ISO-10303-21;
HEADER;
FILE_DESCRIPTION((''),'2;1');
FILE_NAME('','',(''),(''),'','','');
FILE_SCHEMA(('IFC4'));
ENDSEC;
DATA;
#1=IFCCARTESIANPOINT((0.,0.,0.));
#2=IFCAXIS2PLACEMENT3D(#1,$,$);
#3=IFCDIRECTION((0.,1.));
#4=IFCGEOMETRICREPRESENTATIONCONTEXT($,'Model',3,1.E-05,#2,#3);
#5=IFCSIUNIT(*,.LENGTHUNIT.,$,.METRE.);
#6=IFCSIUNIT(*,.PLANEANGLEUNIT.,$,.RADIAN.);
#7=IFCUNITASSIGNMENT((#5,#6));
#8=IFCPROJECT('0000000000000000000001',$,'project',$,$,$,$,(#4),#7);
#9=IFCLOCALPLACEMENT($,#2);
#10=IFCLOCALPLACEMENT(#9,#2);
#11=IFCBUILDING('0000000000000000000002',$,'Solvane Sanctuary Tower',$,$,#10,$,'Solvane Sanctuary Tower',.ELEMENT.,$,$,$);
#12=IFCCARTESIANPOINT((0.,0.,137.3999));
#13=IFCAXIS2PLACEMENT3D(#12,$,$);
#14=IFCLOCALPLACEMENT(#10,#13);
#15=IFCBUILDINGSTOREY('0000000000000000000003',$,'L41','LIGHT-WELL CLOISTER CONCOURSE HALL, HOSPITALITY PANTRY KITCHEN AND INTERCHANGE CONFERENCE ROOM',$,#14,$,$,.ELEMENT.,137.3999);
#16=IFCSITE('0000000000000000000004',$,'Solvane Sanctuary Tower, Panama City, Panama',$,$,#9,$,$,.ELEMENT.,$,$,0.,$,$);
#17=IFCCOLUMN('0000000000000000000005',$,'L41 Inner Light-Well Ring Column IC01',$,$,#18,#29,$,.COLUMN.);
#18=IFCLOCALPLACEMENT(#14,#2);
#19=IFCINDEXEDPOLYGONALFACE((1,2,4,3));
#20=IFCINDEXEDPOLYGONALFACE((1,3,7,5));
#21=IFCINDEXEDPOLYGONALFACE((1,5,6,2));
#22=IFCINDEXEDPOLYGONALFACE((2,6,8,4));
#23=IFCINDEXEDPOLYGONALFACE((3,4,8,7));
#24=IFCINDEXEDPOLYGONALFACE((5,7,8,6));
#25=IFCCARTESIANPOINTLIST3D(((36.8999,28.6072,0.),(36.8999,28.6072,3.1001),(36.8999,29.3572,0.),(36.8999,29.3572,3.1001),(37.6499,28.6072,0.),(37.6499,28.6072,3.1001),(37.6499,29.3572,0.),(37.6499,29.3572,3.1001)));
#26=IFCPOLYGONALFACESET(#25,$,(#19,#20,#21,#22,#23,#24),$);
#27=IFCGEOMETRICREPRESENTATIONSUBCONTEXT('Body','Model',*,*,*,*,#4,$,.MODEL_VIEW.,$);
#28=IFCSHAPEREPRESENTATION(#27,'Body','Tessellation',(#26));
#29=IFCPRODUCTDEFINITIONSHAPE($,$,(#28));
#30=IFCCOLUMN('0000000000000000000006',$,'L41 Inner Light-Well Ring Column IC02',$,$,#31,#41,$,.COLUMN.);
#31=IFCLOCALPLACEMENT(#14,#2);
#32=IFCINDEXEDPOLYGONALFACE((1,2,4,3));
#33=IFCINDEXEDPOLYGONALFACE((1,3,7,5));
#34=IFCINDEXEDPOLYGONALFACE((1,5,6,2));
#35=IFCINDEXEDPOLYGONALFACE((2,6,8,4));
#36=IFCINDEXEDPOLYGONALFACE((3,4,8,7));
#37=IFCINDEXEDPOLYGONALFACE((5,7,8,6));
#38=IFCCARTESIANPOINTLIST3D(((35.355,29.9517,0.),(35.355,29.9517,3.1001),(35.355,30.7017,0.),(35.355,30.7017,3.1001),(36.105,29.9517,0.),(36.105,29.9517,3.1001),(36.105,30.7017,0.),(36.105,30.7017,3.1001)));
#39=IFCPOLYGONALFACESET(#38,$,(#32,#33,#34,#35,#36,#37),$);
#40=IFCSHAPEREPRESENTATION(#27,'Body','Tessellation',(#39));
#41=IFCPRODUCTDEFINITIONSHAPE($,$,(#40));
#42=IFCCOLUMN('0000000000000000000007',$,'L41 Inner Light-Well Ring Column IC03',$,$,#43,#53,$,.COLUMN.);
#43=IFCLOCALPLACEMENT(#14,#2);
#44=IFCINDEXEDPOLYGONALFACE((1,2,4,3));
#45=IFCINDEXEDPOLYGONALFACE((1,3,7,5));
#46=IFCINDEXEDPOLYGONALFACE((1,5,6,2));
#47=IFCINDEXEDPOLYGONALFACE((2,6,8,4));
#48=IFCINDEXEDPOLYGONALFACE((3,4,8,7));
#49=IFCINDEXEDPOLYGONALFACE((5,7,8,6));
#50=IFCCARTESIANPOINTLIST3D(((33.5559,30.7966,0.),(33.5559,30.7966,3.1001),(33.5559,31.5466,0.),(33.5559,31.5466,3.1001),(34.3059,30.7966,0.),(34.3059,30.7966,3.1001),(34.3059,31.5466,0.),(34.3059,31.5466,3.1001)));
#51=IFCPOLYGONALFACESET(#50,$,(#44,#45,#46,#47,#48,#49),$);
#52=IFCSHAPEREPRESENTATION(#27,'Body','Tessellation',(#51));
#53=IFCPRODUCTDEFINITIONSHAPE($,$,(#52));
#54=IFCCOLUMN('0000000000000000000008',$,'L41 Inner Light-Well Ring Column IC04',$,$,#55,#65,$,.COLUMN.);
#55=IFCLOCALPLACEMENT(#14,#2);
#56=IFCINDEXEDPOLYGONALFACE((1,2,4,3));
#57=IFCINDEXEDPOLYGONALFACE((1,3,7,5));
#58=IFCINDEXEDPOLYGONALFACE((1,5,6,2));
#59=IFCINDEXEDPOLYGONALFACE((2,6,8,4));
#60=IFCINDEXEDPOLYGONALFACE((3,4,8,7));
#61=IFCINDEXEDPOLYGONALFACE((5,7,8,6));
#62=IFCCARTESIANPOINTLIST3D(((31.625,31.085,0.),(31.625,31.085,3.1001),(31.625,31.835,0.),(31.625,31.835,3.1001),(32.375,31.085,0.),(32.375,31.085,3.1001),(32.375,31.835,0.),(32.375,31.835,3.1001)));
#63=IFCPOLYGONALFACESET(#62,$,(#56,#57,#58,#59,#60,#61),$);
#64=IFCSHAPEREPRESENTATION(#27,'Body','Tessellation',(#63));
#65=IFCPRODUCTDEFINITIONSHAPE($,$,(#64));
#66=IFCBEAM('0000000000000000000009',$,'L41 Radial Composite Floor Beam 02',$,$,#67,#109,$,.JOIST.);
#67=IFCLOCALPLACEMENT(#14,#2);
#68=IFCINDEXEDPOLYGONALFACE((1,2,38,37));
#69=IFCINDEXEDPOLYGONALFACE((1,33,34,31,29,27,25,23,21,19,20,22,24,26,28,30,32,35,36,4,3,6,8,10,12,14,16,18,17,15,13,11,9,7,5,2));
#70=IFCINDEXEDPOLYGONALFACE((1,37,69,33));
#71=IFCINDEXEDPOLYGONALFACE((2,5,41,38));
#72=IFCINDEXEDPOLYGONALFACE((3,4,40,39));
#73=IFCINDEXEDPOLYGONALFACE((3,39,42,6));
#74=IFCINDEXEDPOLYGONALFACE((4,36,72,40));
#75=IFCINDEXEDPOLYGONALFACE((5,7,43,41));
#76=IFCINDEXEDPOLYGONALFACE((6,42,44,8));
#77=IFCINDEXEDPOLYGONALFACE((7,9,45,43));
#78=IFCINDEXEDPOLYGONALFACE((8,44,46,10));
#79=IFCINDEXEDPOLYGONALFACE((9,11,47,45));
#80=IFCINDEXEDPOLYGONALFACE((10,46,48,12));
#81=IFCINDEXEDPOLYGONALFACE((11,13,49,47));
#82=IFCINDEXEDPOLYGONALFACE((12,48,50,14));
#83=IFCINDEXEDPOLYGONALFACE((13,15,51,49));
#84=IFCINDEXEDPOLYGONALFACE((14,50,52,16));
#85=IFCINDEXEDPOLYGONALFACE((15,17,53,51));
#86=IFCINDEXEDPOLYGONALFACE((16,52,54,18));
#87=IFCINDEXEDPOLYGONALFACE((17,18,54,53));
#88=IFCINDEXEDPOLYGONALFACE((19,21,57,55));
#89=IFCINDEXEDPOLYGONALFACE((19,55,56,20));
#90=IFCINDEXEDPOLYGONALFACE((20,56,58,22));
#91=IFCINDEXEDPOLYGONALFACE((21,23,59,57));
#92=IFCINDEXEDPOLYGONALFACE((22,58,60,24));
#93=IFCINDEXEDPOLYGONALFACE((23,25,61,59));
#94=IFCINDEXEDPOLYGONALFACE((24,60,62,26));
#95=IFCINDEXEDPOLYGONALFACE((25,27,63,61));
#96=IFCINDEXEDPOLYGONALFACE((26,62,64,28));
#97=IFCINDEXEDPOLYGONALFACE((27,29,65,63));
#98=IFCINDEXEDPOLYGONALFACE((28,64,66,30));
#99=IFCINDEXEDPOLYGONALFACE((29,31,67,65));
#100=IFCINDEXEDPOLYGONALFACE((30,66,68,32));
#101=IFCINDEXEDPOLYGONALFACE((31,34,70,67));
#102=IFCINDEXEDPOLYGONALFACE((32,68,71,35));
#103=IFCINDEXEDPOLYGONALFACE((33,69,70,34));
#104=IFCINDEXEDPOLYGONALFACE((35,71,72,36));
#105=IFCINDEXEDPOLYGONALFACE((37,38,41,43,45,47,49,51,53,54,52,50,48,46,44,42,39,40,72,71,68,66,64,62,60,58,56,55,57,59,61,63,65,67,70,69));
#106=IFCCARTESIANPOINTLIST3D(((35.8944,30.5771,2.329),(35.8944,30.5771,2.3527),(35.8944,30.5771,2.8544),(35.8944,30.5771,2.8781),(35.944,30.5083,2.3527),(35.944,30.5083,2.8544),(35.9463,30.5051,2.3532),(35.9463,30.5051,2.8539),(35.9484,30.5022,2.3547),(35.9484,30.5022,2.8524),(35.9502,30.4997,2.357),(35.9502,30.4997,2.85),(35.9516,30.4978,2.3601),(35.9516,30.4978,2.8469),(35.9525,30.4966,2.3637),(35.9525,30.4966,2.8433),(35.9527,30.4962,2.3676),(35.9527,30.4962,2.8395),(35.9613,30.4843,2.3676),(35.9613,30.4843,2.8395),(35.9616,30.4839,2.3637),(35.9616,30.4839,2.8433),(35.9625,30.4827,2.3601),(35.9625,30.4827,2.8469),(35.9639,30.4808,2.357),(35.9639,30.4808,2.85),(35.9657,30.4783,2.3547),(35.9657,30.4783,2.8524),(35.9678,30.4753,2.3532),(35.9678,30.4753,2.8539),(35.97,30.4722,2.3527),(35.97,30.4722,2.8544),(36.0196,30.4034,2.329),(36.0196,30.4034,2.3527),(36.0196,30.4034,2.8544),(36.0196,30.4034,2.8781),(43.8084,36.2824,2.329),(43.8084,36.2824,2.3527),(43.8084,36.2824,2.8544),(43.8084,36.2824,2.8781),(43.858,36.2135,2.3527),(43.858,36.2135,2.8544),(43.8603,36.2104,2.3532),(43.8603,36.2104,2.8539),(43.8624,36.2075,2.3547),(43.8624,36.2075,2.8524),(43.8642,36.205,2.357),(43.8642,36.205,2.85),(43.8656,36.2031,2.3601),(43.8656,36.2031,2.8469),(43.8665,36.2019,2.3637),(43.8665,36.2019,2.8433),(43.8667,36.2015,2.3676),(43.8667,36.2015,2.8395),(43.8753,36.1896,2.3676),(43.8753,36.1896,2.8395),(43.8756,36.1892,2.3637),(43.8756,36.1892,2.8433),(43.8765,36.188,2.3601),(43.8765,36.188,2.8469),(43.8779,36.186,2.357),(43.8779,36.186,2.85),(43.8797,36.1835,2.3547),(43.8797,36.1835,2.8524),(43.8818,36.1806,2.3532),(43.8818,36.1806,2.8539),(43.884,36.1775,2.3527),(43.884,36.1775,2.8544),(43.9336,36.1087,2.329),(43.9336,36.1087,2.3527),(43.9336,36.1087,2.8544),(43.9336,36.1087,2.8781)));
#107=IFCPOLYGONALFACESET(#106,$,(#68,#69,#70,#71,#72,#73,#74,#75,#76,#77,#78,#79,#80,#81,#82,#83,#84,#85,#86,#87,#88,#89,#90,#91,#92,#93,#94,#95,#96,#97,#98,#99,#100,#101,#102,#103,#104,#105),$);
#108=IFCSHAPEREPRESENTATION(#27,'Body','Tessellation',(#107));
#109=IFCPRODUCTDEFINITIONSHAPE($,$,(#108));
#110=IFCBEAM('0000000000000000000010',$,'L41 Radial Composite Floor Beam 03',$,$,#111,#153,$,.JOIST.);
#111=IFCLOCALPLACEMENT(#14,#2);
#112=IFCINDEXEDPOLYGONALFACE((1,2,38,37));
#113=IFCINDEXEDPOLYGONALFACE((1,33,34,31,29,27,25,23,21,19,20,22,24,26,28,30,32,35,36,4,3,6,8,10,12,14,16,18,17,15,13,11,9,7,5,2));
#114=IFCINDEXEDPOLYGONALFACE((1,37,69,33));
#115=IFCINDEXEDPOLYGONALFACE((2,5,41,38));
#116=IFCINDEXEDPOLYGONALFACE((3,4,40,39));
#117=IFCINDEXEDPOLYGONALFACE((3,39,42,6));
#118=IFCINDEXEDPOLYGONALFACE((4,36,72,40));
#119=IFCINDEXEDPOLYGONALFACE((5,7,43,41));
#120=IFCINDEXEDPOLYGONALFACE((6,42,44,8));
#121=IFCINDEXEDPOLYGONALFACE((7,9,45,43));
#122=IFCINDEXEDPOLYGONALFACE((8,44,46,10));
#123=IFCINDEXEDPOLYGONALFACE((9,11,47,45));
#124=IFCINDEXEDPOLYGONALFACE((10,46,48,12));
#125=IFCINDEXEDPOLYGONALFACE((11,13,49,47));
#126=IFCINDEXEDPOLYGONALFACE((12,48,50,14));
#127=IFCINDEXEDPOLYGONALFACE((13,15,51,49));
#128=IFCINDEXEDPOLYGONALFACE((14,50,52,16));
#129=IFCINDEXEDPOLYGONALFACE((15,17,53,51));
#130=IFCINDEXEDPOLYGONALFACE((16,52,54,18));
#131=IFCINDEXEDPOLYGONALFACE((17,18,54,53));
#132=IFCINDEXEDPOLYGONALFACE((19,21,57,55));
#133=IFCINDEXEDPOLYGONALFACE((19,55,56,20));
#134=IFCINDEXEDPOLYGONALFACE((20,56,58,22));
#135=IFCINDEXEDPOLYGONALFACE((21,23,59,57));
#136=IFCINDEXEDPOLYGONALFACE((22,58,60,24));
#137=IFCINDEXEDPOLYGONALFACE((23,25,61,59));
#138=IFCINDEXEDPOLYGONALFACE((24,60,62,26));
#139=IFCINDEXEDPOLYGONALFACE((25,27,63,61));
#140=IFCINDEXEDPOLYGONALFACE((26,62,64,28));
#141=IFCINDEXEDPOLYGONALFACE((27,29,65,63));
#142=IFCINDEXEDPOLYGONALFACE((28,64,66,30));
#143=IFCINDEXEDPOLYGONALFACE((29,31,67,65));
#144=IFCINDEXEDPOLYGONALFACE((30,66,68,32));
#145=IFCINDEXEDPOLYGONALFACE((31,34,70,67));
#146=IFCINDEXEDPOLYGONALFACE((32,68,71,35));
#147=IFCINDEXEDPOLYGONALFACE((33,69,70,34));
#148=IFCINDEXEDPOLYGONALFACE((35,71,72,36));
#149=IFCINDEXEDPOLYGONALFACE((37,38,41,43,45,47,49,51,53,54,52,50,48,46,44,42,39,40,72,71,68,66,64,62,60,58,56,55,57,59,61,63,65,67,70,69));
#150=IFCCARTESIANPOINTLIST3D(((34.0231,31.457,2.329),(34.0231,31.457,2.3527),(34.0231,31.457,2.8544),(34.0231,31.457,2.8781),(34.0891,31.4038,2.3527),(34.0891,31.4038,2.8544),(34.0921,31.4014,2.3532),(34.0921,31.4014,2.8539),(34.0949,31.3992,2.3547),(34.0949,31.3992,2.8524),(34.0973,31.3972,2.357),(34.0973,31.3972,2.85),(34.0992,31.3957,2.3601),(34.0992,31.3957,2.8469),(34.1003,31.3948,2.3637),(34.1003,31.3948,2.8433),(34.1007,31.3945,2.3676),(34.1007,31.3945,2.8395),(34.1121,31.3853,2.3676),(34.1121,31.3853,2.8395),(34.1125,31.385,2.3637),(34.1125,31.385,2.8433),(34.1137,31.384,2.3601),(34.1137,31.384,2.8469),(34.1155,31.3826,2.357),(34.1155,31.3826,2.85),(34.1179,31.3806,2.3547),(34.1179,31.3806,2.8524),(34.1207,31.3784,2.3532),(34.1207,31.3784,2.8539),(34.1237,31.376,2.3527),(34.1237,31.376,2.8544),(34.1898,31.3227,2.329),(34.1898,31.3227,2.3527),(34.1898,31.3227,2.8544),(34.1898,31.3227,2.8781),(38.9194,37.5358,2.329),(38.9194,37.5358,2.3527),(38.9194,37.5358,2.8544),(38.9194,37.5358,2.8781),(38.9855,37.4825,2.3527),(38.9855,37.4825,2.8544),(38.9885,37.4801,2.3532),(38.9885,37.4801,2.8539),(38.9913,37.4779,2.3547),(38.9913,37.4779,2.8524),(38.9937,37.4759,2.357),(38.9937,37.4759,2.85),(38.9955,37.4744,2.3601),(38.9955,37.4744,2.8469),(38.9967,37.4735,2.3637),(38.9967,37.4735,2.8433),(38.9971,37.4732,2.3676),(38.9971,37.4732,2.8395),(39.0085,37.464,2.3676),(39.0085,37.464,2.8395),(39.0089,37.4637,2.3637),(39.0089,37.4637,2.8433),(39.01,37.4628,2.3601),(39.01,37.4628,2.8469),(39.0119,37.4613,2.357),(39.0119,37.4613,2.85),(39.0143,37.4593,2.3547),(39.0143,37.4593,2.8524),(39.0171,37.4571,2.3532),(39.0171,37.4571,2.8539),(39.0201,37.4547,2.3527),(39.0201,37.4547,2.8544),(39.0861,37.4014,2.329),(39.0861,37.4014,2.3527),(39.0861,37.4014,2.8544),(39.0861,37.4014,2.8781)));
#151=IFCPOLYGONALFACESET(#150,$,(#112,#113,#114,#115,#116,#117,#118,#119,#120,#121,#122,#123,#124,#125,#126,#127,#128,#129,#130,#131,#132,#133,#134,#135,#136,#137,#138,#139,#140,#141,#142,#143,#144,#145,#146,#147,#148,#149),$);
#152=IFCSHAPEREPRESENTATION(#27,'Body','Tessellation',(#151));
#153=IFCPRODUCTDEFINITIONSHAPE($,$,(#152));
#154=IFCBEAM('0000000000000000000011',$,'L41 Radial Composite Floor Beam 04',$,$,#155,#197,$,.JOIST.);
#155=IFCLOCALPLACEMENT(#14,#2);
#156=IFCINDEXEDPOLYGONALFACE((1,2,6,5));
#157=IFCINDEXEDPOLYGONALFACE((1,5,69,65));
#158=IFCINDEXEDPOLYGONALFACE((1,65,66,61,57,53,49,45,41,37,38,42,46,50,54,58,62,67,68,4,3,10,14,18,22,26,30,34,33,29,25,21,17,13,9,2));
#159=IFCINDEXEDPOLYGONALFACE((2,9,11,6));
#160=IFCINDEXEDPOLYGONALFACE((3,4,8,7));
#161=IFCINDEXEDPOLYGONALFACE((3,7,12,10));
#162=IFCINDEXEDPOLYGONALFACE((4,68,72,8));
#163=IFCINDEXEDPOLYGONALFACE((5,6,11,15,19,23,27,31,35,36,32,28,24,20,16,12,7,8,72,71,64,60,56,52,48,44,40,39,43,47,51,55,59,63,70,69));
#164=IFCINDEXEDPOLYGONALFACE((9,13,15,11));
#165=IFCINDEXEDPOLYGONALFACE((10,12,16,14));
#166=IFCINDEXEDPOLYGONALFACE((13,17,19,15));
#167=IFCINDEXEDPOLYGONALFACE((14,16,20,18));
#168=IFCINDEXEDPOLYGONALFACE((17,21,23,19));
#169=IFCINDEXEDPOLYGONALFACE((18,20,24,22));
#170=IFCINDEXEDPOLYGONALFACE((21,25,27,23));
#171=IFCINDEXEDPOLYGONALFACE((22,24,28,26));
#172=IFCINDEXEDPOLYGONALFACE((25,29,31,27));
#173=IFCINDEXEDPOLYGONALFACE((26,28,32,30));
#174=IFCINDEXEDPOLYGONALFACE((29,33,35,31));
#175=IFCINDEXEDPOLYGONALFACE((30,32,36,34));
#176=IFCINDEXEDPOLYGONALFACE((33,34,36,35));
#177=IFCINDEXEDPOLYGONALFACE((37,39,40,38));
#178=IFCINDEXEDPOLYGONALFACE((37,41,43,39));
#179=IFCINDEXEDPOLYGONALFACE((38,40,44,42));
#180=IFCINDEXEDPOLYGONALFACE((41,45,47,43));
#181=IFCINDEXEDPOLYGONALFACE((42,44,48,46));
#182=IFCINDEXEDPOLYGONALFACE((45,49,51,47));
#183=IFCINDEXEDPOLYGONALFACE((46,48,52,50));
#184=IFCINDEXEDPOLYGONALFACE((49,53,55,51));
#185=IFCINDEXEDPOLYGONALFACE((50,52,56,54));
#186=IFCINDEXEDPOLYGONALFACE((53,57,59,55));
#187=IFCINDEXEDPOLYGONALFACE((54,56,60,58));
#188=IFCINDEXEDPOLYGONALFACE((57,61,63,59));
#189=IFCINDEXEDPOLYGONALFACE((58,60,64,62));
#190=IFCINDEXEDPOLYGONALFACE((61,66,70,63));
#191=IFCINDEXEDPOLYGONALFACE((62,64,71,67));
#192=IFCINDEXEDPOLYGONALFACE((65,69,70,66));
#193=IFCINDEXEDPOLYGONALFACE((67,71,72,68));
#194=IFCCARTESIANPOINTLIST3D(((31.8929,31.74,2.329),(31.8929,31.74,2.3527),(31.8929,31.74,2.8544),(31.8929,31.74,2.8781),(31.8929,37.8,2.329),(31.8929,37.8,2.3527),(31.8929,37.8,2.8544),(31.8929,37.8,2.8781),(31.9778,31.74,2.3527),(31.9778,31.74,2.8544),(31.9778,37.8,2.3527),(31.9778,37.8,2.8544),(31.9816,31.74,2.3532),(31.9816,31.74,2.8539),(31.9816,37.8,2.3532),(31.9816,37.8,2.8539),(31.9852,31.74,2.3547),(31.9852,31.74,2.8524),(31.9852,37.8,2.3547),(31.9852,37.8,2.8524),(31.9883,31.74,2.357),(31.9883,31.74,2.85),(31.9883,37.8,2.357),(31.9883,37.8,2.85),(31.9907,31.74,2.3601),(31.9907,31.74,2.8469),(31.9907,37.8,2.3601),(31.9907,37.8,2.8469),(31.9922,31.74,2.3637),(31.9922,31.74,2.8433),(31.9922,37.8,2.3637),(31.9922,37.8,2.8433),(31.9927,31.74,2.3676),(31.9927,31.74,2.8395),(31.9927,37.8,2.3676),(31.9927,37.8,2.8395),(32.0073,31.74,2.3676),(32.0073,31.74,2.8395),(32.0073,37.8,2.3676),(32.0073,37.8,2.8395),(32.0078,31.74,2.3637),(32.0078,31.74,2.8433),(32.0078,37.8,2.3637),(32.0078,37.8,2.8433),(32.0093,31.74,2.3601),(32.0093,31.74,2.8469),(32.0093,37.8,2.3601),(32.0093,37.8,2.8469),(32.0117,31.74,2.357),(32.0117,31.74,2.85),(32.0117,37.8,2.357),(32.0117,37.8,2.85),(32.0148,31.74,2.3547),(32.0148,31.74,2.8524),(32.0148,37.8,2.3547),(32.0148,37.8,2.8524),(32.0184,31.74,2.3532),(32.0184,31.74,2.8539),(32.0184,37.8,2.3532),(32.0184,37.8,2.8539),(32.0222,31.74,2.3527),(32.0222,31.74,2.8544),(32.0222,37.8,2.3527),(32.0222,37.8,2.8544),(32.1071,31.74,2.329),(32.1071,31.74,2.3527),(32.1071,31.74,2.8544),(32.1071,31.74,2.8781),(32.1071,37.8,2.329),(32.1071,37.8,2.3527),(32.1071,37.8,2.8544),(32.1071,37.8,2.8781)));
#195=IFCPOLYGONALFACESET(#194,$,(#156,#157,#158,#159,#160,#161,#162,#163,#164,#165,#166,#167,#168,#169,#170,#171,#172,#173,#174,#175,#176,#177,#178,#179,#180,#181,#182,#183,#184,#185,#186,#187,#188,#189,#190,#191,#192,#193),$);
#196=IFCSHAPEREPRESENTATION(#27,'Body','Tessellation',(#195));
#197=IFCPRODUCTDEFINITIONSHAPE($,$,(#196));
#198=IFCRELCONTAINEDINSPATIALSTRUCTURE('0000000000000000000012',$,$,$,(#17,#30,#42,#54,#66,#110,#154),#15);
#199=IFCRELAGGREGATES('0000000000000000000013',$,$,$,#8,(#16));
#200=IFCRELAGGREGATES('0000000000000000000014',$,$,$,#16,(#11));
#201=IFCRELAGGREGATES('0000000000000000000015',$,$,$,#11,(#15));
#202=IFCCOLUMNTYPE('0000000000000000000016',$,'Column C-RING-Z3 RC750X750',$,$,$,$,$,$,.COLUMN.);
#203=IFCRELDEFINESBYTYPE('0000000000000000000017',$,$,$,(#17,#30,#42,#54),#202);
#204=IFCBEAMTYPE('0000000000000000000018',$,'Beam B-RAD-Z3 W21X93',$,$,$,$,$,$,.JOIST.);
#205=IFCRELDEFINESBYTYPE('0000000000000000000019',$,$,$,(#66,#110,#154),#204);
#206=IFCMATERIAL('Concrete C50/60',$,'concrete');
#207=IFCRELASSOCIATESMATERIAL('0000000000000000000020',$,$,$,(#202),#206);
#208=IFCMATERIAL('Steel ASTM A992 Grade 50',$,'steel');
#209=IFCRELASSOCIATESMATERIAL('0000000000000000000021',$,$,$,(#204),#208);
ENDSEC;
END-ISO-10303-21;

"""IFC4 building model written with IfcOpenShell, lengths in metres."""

from ifc_helpers import new_model, si_unit, direction, frame, origin, origin_2d, place, context, subcontext, project, spatial, rectangle, i_section, extrude, material, material_profile, profile_set, type_object, element, save


model = new_model("IFC4")

# Units and contexts
model_context = context("Model", 3, precision=1e-05, world=origin(), true_north=direction((0.0, 1.0)))
body_context = subcontext(model_context, "Body", "Model", "MODEL_VIEW")
ifc_project = project(units=[si_unit("LENGTHUNIT", "METRE"), si_unit("PLANEANGLEUNIT", "RADIAN")], contexts=[model_context])

# Site, building, storey
site_placement = place(None, origin())
site = spatial("IfcSite", under=ifc_project, at=site_placement, Name="Solvane Sanctuary Tower, Panama City, Panama", CompositionType="ELEMENT", RefElevation=0.0)
building_placement = place(site_placement, origin())
building = spatial("IfcBuilding", under=site, at=building_placement, Name="Solvane Sanctuary Tower", LongName="Solvane Sanctuary Tower", CompositionType="ELEMENT")
storey_placement = place(building_placement, frame((0.0, 0.0, 137.3999)))
storey = spatial("IfcBuildingStorey", under=building, at=storey_placement, Name="L41", Description="LIGHT-WELL CLOISTER CONCOURSE HALL, HOSPITALITY PANTRY KITCHEN AND INTERCHANGE CONFERENCE ROOM", CompositionType="ELEMENT", Elevation=137.3999)

# Columns
ifc_material_1 = material(Name="Concrete C50/60", Category="concrete")
ifc_material_profile_1 = material_profile(ifc_material_1, rectangle(XDim=0.75, YDim=0.75, at=origin_2d()), Name="RC750X750")
ifc_profile_set_1 = profile_set([ifc_material_profile_1], Name="Concrete C50/60")
column_type = type_object("IfcColumnType", Name="Column C-RING-Z3 RC750X750", PredefinedType="COLUMN", material=ifc_profile_set_1)
for number, where, z_axis, x_axis, name in (
    (1, (37.2749, 28.9822, 0.0), (0.0, 0.0, 1.0), (1.0, 0.0, 0.0), "L41 Inner Light-Well Ring Column IC01"),
    (2, (35.73, 30.3267, 0.0), (0.0, 0.0, 1.0), (1.0, 0.0, 0.0), "L41 Inner Light-Well Ring Column IC02"),
    (3, (33.9309, 31.1716, 0.0), (0.0, 0.0, 1.0), (1.0, 0.0, 0.0), "L41 Inner Light-Well Ring Column IC03"),
    (4, (32.0, 31.46, 0.0), (0.0, 0.0, 1.0), (1.0, 0.0, 0.0), "L41 Inner Light-Well Ring Column IC04"),
):
    element("IfcColumn", number, at=place(storey_placement, frame(where, z_axis=z_axis, x_axis=x_axis)), inside=storey, type_object=column_type, Name=name, PredefinedType="COLUMN", context=body_context, shape_type="SweptSolid", body=[
        extrude(rectangle(XDim=0.75, YDim=0.75, at=origin_2d()), origin(), (0.0, 0.0, 1.0), 3.1001),
    ])

# Beams
ifc_material_2 = material(Name="Steel ASTM A992 Grade 50", Category="steel")
ifc_material_profile_2 = material_profile(ifc_material_2, i_section(OverallWidth=0.2141, OverallDepth=0.5491, WebThickness=0.0146, FlangeThickness=0.0237, FilletRadius=0.0149, at=origin_2d()), Name="W21X93")
ifc_profile_set_2 = profile_set([ifc_material_profile_2], Name="Steel ASTM A992 Grade 50")
beam_type_1 = type_object("IfcBeamType", Name="Beam B-RAD-Z3 W21X93", PredefinedType="JOIST", material=ifc_profile_set_2)
beam_1_placement = place(storey_placement, frame((35.957, 30.4902, 2.6035), z_axis=(0.811184, 0.58479, 0.0), x_axis=(-0.58479, 0.811184, 0.0)))
element("IfcBeam", 5, at=beam_1_placement, inside=storey, type_object=beam_type_1, Name="L41 Radial Composite Floor Beam 02", PredefinedType="JOIST", context=body_context, shape_type="SweptSolid", body=[
    extrude(i_section(OverallWidth=0.2141, OverallDepth=0.5491, WebThickness=0.0146, FlangeThickness=0.0237, FilletRadius=0.0149, at=origin_2d()), origin(), (0.0, 0.0, 1.0), 9.7561),
])
beam_2_placement = place(storey_placement, frame((34.1064, 31.3899, 2.6035), z_axis=(0.627297, 0.77878, 0.0), x_axis=(-0.77878, 0.627297, 0.0)))
element("IfcBeam", 6, at=beam_2_placement, inside=storey, type_object=beam_type_1, Name="L41 Radial Composite Floor Beam 03", PredefinedType="JOIST", context=body_context, shape_type="SweptSolid", body=[
    extrude(i_section(OverallWidth=0.2141, OverallDepth=0.5491, WebThickness=0.0146, FlangeThickness=0.0237, FilletRadius=0.0149, at=origin_2d()), origin(), (0.0, 0.0, 1.0), 7.8054),
])
beam_3_placement = place(storey_placement, frame((32.0, 31.74, 2.6035), z_axis=(0.0, 1.0, 0.0), x_axis=(-1.0, 0.0, 0.0)))
element("IfcBeam", 7, at=beam_3_placement, inside=storey, type_object=beam_type_1, Name="L41 Radial Composite Floor Beam 04", PredefinedType="JOIST", context=body_context, shape_type="SweptSolid", body=[
    extrude(i_section(OverallWidth=0.2141, OverallDepth=0.5491, WebThickness=0.0146, FlangeThickness=0.0237, FilletRadius=0.0149, at=origin_2d()), origin(), (0.0, 0.0, 1.0), 6.0601),
])

save(model, "model.ifc")
